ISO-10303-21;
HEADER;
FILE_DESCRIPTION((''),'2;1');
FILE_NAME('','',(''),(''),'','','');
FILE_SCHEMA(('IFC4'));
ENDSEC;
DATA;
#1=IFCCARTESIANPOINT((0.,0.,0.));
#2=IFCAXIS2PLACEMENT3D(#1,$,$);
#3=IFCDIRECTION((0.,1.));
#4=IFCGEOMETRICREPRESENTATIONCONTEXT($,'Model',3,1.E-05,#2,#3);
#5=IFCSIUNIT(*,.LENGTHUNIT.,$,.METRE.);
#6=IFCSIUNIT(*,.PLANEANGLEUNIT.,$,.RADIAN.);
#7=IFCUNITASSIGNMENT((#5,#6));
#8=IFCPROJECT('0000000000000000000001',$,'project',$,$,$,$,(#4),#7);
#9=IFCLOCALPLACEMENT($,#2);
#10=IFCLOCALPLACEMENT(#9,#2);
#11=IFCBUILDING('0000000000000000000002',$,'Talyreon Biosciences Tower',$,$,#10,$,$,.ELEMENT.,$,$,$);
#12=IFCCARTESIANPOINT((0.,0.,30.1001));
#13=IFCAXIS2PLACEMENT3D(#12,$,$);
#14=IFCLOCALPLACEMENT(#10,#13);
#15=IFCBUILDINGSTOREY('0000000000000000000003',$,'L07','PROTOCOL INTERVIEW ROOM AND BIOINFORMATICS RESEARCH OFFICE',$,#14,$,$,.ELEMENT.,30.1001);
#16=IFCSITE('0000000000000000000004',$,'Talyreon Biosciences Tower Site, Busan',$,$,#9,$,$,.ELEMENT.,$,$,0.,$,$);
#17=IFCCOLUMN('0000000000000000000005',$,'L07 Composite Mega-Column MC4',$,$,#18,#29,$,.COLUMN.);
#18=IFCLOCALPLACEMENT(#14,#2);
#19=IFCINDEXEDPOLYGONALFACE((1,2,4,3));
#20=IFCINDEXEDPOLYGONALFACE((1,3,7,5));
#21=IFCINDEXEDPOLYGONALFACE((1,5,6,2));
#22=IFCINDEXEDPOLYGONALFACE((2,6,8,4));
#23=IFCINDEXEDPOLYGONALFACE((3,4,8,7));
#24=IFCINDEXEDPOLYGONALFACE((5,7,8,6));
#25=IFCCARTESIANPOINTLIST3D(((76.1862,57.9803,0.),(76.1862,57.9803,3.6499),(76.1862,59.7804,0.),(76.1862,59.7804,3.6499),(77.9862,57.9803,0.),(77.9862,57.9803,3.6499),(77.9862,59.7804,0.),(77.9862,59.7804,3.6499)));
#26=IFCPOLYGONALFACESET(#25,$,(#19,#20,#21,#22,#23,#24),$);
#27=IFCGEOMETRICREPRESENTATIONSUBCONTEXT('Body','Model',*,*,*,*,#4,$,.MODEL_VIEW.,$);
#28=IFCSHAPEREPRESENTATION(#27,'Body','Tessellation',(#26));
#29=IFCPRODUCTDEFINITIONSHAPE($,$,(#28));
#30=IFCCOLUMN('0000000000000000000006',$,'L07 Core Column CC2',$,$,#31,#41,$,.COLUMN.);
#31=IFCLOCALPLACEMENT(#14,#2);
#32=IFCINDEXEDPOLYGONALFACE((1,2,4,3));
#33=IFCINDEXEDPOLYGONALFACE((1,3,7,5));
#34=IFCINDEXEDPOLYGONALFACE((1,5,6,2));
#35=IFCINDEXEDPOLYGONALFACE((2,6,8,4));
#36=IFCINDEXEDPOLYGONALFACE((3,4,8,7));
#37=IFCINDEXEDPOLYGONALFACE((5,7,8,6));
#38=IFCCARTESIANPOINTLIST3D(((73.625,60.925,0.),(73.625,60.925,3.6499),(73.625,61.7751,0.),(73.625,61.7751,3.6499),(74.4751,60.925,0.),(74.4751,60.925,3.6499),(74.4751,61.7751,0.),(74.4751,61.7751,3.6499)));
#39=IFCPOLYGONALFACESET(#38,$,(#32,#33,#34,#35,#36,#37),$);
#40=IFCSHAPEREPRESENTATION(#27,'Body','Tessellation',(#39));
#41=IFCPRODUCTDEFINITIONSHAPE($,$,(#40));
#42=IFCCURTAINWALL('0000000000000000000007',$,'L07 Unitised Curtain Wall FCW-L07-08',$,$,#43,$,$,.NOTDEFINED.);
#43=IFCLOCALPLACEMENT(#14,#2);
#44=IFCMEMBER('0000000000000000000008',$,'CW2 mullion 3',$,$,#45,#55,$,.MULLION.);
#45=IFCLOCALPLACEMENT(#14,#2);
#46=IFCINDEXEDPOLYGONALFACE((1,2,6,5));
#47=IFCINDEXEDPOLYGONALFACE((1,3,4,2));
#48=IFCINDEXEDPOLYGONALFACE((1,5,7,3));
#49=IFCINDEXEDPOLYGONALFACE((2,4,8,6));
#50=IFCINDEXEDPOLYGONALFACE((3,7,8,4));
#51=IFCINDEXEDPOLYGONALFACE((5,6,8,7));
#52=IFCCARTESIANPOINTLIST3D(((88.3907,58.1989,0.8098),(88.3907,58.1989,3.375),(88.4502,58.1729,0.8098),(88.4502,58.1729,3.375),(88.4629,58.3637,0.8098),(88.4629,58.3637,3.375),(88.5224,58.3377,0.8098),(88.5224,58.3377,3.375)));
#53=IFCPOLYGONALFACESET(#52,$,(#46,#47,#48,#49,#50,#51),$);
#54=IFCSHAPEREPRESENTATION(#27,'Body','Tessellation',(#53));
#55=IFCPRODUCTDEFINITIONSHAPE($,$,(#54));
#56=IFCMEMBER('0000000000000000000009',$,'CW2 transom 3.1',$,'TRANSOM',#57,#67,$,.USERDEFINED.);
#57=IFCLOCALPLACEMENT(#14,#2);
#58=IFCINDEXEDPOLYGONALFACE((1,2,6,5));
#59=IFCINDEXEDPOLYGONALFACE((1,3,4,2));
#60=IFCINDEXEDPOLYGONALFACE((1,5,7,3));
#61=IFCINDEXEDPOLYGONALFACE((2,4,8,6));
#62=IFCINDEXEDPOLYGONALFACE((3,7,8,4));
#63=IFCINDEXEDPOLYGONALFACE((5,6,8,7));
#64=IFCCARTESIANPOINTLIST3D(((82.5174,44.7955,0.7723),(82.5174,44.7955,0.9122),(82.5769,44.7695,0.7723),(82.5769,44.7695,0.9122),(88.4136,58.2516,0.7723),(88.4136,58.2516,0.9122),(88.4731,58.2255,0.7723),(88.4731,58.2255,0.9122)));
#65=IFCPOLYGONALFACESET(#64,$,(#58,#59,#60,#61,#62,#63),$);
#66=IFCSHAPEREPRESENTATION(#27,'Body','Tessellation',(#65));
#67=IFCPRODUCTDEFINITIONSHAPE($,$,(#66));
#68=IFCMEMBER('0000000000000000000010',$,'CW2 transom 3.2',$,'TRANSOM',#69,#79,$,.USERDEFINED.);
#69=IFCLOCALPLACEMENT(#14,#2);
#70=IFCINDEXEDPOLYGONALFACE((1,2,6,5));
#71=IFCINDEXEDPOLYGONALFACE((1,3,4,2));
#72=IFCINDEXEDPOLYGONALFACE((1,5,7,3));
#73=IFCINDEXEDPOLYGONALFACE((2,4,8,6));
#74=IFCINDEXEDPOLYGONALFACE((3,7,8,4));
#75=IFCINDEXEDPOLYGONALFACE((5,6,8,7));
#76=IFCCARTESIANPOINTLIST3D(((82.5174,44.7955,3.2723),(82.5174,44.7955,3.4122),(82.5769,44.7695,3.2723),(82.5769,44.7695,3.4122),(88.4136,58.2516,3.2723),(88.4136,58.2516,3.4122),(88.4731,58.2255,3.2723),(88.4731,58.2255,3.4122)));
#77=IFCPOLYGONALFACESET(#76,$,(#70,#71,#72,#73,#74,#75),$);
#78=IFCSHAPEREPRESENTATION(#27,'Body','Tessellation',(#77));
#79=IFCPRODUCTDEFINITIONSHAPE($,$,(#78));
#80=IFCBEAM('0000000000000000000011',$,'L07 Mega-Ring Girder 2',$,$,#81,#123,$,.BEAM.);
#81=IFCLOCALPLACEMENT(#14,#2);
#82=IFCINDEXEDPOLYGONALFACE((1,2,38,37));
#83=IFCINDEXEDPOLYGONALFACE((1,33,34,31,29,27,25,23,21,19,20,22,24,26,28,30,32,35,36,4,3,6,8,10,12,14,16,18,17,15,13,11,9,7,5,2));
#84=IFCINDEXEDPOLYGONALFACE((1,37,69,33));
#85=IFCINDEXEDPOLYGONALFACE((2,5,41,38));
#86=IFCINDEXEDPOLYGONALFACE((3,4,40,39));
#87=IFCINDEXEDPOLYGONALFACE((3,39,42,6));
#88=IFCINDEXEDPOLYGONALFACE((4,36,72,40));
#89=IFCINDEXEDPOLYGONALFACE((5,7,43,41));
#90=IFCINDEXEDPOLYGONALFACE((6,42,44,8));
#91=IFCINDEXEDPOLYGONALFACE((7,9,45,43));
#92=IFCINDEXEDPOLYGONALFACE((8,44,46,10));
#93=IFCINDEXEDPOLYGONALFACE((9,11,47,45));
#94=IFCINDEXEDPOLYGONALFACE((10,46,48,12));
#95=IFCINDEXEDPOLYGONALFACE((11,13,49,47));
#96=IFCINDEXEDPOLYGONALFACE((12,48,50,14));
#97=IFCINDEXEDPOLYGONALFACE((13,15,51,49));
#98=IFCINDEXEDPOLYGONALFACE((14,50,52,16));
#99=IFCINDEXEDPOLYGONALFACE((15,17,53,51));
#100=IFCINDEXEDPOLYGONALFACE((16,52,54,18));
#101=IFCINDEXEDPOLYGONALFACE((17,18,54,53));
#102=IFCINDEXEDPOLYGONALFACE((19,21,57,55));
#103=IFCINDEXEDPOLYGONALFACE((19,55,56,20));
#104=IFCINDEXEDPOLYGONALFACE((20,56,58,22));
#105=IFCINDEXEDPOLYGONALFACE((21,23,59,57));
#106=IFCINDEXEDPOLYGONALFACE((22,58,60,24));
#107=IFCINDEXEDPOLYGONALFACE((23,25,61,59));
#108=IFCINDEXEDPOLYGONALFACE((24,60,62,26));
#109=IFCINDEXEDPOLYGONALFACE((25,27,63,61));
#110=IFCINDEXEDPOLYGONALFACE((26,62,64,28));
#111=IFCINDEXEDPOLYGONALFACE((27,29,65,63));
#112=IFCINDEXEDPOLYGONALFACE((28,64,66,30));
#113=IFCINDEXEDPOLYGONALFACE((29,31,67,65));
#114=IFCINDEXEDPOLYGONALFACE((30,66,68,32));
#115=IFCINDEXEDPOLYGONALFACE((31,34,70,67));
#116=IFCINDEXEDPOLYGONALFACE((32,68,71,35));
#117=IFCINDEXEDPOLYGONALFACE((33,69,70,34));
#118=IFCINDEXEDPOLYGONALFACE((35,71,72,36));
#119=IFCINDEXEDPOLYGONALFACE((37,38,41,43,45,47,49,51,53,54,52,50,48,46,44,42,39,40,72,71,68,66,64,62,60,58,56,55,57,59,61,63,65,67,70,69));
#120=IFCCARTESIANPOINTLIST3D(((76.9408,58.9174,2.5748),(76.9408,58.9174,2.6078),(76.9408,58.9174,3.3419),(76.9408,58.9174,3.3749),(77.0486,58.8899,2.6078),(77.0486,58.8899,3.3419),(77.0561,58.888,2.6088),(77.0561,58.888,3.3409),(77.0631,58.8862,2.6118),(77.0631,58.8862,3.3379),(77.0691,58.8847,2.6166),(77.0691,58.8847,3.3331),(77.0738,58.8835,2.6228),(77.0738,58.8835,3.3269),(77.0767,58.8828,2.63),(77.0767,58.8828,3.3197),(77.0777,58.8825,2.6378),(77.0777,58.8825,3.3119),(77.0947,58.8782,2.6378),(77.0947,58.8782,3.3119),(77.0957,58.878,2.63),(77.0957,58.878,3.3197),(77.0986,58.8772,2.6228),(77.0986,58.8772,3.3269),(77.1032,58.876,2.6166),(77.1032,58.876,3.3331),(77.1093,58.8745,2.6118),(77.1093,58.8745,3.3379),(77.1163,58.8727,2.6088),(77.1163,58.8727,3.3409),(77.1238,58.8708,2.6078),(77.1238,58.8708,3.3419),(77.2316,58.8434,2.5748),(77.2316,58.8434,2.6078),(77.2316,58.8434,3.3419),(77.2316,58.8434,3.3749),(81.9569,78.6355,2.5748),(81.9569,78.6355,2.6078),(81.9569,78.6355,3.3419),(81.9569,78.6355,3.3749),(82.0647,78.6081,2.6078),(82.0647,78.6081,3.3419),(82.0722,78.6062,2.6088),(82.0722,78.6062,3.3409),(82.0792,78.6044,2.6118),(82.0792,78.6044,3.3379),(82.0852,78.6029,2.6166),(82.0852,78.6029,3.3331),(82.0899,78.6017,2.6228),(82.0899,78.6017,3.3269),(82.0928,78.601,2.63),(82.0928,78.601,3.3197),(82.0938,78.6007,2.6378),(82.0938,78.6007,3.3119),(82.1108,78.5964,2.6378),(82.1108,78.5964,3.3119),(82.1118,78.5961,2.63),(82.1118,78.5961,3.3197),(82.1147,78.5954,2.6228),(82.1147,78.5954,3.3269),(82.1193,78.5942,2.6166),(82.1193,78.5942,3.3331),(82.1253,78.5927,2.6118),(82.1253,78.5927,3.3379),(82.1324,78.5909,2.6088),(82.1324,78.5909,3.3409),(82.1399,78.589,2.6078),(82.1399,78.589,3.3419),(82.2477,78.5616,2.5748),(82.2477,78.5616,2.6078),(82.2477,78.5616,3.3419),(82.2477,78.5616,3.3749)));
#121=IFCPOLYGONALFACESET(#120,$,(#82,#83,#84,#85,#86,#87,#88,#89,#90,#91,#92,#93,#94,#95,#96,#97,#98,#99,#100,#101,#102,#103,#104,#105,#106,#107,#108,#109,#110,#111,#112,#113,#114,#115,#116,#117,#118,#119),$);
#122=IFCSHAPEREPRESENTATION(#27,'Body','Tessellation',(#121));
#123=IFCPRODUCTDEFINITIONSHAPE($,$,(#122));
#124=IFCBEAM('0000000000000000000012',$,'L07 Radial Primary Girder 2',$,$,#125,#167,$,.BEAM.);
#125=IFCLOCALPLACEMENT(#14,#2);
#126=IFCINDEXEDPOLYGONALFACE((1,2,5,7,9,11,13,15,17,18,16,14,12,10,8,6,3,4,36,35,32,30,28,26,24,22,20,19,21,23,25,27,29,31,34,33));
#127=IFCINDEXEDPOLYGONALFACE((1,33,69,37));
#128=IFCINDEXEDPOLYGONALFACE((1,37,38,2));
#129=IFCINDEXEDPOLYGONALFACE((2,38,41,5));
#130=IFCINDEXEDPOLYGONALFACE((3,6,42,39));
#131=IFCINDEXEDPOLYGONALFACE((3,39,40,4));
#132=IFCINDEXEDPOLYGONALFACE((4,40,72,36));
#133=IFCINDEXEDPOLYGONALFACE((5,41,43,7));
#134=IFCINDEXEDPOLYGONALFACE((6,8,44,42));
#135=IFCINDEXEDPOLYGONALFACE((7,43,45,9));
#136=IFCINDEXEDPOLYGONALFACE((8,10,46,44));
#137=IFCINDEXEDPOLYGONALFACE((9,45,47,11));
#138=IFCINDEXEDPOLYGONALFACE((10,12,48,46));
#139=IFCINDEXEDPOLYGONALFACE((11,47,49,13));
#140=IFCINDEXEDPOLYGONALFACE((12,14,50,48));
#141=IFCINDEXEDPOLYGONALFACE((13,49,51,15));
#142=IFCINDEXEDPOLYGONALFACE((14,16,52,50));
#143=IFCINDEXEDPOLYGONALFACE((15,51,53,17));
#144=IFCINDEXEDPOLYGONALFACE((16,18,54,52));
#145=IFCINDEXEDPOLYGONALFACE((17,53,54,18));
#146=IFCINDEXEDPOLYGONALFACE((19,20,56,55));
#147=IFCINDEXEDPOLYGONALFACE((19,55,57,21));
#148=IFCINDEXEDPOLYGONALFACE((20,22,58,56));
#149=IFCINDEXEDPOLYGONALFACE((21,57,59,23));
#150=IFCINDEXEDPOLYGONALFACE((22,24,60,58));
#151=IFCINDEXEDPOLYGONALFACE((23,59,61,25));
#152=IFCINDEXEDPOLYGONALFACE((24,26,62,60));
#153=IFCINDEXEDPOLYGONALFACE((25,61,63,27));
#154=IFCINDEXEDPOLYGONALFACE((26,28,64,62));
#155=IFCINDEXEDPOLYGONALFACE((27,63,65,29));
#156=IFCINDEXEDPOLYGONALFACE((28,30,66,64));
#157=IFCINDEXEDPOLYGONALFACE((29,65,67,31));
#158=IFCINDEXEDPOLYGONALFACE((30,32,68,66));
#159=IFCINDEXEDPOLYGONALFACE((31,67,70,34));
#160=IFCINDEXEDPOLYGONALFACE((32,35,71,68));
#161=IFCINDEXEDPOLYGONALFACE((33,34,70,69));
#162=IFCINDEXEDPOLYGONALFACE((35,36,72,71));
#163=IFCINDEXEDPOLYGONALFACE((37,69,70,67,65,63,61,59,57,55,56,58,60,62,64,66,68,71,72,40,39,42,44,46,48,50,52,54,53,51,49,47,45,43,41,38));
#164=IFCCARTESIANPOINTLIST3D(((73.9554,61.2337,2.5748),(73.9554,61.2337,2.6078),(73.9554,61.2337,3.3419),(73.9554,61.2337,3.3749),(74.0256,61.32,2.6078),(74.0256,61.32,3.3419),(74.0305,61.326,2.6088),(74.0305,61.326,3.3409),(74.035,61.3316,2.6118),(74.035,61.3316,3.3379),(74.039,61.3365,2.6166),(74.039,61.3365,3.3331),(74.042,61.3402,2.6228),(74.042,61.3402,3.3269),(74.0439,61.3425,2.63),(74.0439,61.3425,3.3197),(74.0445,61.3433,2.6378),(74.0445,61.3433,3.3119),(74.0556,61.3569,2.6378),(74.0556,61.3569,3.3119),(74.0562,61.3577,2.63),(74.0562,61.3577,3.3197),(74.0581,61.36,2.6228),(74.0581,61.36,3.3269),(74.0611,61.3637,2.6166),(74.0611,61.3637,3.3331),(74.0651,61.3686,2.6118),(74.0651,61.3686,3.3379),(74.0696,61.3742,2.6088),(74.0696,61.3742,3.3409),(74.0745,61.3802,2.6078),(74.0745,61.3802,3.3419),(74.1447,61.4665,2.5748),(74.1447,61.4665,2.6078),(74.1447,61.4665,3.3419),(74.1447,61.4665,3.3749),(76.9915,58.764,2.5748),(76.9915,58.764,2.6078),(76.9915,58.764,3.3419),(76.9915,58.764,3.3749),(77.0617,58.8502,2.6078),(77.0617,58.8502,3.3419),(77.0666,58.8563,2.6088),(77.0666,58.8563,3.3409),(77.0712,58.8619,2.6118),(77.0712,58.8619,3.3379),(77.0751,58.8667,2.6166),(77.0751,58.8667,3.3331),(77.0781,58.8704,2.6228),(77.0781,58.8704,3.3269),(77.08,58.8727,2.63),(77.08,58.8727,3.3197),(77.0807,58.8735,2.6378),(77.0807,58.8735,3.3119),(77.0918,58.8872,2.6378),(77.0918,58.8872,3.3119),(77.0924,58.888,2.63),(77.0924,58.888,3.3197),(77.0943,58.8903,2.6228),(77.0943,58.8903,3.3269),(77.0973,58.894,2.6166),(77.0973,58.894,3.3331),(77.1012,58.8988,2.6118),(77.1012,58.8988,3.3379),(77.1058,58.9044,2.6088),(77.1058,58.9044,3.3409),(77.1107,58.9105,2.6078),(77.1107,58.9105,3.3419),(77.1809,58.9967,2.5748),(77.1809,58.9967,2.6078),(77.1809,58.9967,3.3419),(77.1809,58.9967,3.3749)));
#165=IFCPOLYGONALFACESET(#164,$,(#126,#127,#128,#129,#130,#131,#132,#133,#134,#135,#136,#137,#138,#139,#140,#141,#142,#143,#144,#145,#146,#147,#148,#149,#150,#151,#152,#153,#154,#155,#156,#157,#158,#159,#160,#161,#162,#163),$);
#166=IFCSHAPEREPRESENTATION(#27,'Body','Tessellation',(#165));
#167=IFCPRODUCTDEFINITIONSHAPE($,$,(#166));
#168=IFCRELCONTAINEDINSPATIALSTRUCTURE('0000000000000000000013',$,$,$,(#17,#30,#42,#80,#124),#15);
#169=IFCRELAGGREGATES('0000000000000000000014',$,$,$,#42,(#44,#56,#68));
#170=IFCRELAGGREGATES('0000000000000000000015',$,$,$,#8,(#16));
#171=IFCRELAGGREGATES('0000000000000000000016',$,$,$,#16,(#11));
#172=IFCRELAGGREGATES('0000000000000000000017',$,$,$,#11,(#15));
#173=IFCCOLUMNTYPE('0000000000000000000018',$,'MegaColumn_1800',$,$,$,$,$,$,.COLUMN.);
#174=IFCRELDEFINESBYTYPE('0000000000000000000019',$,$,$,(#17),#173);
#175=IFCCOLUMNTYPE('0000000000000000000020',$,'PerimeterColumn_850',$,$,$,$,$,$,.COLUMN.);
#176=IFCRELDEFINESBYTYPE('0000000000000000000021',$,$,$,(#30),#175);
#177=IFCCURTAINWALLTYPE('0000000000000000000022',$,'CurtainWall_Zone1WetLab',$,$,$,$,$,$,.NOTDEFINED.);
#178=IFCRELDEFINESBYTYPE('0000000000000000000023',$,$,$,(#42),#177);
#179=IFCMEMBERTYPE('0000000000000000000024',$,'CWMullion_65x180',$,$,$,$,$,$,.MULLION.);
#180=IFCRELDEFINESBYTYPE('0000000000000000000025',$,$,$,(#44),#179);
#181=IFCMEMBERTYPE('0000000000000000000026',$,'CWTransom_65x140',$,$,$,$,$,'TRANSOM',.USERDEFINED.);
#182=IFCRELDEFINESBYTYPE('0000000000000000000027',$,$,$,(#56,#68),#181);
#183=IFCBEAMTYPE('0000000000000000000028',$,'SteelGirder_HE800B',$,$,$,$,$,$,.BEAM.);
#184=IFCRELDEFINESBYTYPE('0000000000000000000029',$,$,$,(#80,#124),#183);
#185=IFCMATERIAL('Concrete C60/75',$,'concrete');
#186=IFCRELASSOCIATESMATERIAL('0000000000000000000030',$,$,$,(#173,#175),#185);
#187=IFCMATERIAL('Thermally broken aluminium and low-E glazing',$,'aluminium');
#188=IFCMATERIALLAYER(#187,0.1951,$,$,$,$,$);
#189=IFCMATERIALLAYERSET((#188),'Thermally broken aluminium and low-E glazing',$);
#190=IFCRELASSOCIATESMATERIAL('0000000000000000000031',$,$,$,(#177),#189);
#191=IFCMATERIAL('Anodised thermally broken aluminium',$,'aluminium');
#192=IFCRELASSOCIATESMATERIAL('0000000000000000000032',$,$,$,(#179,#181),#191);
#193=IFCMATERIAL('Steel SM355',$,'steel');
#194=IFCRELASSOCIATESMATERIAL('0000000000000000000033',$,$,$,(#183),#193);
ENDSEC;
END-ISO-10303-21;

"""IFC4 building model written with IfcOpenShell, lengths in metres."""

from ifc_helpers import new_model, si_unit, direction, frame, origin, origin_2d, place, context, subcontext, project, spatial, rectangle, i_section, extrude, material, layer, layer_set, material_profile, profile_set, type_object, element, aggregate, save


model = new_model("IFC4")

# Units and contexts
model_context = context("Model", 3, precision=1e-05, world=origin(), true_north=direction((0.0, 1.0)))
body_context = subcontext(model_context, "Body", "Model", "MODEL_VIEW")
ifc_project = project(units=[si_unit("LENGTHUNIT", "METRE"), si_unit("PLANEANGLEUNIT", "RADIAN")], contexts=[model_context])

# Site, building, storey
site_placement = place(None, origin())
site = spatial("IfcSite", under=ifc_project, at=site_placement, Name="Talyreon Biosciences Tower Site, Busan", CompositionType="ELEMENT", RefElevation=0.0)
building_placement = place(site_placement, origin())
building = spatial("IfcBuilding", under=site, at=building_placement, Name="Talyreon Biosciences Tower", CompositionType="ELEMENT")
storey_placement = place(building_placement, frame((0.0, 0.0, 30.1001)))
storey = spatial("IfcBuildingStorey", under=building, at=storey_placement, Name="L07", Description="PROTOCOL INTERVIEW ROOM AND BIOINFORMATICS RESEARCH OFFICE", CompositionType="ELEMENT", Elevation=30.1001)

# Columns
ifc_material_1 = material(Name="Concrete C60/75", Category="concrete")
ifc_material_profile_1 = material_profile(ifc_material_1, rectangle(XDim=1.8, YDim=1.8, at=origin_2d()), Name="RC 1800x1800")
ifc_profile_set_1 = profile_set([ifc_material_profile_1], Name="Concrete C60/75")
column_type_1 = type_object("IfcColumnType", Name="MegaColumn_1800", PredefinedType="COLUMN", material=ifc_profile_set_1)
column_1_placement = place(storey_placement, frame((77.0862, 58.8804, 0.0), z_axis=(0.0, 0.0, 1.0), x_axis=(1.0, 0.0, 0.0)))
element("IfcColumn", 1, at=column_1_placement, inside=storey, type_object=column_type_1, Name="L07 Composite Mega-Column MC4", PredefinedType="COLUMN", context=body_context, shape_type="SweptSolid", body=[
    extrude(rectangle(XDim=1.8, YDim=1.8, at=origin_2d()), origin(), (0.0, 0.0, 1.0), 3.6499),
])
ifc_material_profile_2 = material_profile(ifc_material_1, rectangle(XDim=0.8501, YDim=0.8501, at=origin_2d()), Name="RC 850x850")
ifc_profile_set_2 = profile_set([ifc_material_profile_2], Name="Concrete C60/75")
column_type_2 = type_object("IfcColumnType", Name="PerimeterColumn_850", PredefinedType="COLUMN", material=ifc_profile_set_2)
column_2_placement = place(storey_placement, frame((74.05, 61.3501, 0.0), z_axis=(0.0, 0.0, 1.0), x_axis=(1.0, 0.0, 0.0)))
element("IfcColumn", 2, at=column_2_placement, inside=storey, type_object=column_type_2, Name="L07 Core Column CC2", PredefinedType="COLUMN", context=body_context, shape_type="SweptSolid", body=[
    extrude(rectangle(XDim=0.8501, YDim=0.8501, at=origin_2d()), origin(), (0.0, 0.0, 1.0), 3.6499),
])

# Curtain wall, members
ifc_material_2 = material(Name="Thermally broken aluminium and low-E glazing", Category="aluminium")
ifc_layer_1 = layer(ifc_material_2, 0.1951)
ifc_layer_set_1 = layer_set([ifc_layer_1], Name="Thermally broken aluminium and low-E glazing")
curtain_wall_type = type_object("IfcCurtainWallType", Name="CurtainWall_Zone1WetLab", PredefinedType="NOTDEFINED", material=ifc_layer_set_1)
curtain_wall_placement = place(storey_placement, origin())
curtain_wall = element("IfcCurtainWall", 3, at=curtain_wall_placement, inside=storey, type_object=curtain_wall_type, Name="L07 Unitised Curtain Wall FCW-L07-08", PredefinedType="NOTDEFINED")
ifc_material_3 = material(Name="Anodised thermally broken aluminium", Category="aluminium")
ifc_material_profile_3 = material_profile(ifc_material_3, rectangle(XDim=0.0649, YDim=0.1799, at=origin_2d()), Name="ALUM MULLION 65x180")
ifc_profile_set_3 = profile_set([ifc_material_profile_3], Name="Anodised thermally broken aluminium")
member_type_1 = type_object("IfcMemberType", Name="CWMullion_65x180", PredefinedType="MULLION", material=ifc_profile_set_3)
member_1_placement = place(storey_placement, frame((88.4565, 58.2683, 0.8098), z_axis=(0.0, 0.0, 1.0), x_axis=(0.915927, -0.401345, 0.0)))
member_1 = element("IfcMember", 4, at=member_1_placement, type_object=member_type_1, Name="CW2 mullion 3", PredefinedType="MULLION", context=body_context, shape_type="SweptSolid", body=[
    extrude(rectangle(XDim=0.0649, YDim=0.1799, at=origin_2d()), origin(), (0.0, 0.0, 1.0), 2.5652),
])
ifc_material_profile_4 = material_profile(ifc_material_3, rectangle(XDim=0.0649, YDim=0.1399, at=origin_2d()), Name="ALUM TRANSOM 65x140")
ifc_profile_set_4 = profile_set([ifc_material_profile_4], Name="Anodised thermally broken aluminium")
member_type_2 = type_object("IfcMemberType", Name="CWTransom_65x140", ElementType="TRANSOM", PredefinedType="USERDEFINED", material=ifc_profile_set_4)
member_2_placement = place(storey_placement, frame((88.4434, 58.2385, 0.8423), z_axis=(-0.401345, -0.915927, 0.0), x_axis=(0.915927, -0.401345, 0.0)))
member_2 = element("IfcMember", 5, at=member_2_placement, type_object=member_type_2, Name="CW2 transom 3.1", ObjectType="TRANSOM", PredefinedType="USERDEFINED", context=body_context, shape_type="SweptSolid", body=[
    extrude(rectangle(XDim=0.0649, YDim=0.1399, at=origin_2d()), origin(), (0.0, 0.0, 1.0), 14.6912),
])
member_3_placement = place(storey_placement, frame((88.4434, 58.2385, 3.3423), z_axis=(-0.401345, -0.915927, 0.0), x_axis=(0.915927, -0.401345, 0.0)))
member_3 = element("IfcMember", 6, at=member_3_placement, type_object=member_type_2, Name="CW2 transom 3.2", ObjectType="TRANSOM", PredefinedType="USERDEFINED", context=body_context, shape_type="SweptSolid", body=[
    extrude(rectangle(XDim=0.0649, YDim=0.1399, at=origin_2d()), origin(), (0.0, 0.0, 1.0), 14.6912),
])

# Beams
ifc_material_4 = material(Name="Steel SM355", Category="steel")
ifc_material_profile_5 = material_profile(ifc_material_4, i_section(OverallWidth=0.3, OverallDepth=0.8, WebThickness=0.0176, FlangeThickness=0.033, FilletRadius=0.03, at=origin_2d()), Name="HE800B")
ifc_profile_set_5 = profile_set([ifc_material_profile_5], Name="Steel SM355")
beam_type_1 = type_object("IfcBeamType", Name="SteelGirder_HE800B", PredefinedType="BEAM", material=ifc_profile_set_5)
beam_1_placement = place(storey_placement, frame((77.0862, 58.8804, 2.9749), z_axis=(0.246537, 0.969133, 0.0), x_axis=(-0.969133, 0.246537, 0.0)))
element("IfcBeam", 7, at=beam_1_placement, inside=storey, type_object=beam_type_1, Name="L07 Mega-Ring Girder 2", PredefinedType="BEAM", context=body_context, shape_type="SweptSolid", body=[
    extrude(i_section(OverallWidth=0.3, OverallDepth=0.8, WebThickness=0.0176, FlangeThickness=0.033, FilletRadius=0.03, at=origin_2d()), origin(), (0.0, 0.0, 1.0), 20.3462),
])
beam_2_placement = place(storey_placement, frame((74.05, 61.3501, 2.9749), z_axis=(0.775755, -0.631034, 0.0), x_axis=(0.631034, 0.775755, 0.0)))
element("IfcBeam", 8, at=beam_2_placement, inside=storey, type_object=beam_type_1, Name="L07 Radial Primary Girder 2", PredefinedType="BEAM", context=body_context, shape_type="SweptSolid", body=[
    extrude(i_section(OverallWidth=0.3, OverallDepth=0.8, WebThickness=0.0176, FlangeThickness=0.033, FilletRadius=0.03, at=origin_2d()), origin(), (0.0, 0.0, 1.0), 3.9138),
])

aggregate(curtain_wall, [member_1, member_2, member_3])

save(model, "model.ifc")
